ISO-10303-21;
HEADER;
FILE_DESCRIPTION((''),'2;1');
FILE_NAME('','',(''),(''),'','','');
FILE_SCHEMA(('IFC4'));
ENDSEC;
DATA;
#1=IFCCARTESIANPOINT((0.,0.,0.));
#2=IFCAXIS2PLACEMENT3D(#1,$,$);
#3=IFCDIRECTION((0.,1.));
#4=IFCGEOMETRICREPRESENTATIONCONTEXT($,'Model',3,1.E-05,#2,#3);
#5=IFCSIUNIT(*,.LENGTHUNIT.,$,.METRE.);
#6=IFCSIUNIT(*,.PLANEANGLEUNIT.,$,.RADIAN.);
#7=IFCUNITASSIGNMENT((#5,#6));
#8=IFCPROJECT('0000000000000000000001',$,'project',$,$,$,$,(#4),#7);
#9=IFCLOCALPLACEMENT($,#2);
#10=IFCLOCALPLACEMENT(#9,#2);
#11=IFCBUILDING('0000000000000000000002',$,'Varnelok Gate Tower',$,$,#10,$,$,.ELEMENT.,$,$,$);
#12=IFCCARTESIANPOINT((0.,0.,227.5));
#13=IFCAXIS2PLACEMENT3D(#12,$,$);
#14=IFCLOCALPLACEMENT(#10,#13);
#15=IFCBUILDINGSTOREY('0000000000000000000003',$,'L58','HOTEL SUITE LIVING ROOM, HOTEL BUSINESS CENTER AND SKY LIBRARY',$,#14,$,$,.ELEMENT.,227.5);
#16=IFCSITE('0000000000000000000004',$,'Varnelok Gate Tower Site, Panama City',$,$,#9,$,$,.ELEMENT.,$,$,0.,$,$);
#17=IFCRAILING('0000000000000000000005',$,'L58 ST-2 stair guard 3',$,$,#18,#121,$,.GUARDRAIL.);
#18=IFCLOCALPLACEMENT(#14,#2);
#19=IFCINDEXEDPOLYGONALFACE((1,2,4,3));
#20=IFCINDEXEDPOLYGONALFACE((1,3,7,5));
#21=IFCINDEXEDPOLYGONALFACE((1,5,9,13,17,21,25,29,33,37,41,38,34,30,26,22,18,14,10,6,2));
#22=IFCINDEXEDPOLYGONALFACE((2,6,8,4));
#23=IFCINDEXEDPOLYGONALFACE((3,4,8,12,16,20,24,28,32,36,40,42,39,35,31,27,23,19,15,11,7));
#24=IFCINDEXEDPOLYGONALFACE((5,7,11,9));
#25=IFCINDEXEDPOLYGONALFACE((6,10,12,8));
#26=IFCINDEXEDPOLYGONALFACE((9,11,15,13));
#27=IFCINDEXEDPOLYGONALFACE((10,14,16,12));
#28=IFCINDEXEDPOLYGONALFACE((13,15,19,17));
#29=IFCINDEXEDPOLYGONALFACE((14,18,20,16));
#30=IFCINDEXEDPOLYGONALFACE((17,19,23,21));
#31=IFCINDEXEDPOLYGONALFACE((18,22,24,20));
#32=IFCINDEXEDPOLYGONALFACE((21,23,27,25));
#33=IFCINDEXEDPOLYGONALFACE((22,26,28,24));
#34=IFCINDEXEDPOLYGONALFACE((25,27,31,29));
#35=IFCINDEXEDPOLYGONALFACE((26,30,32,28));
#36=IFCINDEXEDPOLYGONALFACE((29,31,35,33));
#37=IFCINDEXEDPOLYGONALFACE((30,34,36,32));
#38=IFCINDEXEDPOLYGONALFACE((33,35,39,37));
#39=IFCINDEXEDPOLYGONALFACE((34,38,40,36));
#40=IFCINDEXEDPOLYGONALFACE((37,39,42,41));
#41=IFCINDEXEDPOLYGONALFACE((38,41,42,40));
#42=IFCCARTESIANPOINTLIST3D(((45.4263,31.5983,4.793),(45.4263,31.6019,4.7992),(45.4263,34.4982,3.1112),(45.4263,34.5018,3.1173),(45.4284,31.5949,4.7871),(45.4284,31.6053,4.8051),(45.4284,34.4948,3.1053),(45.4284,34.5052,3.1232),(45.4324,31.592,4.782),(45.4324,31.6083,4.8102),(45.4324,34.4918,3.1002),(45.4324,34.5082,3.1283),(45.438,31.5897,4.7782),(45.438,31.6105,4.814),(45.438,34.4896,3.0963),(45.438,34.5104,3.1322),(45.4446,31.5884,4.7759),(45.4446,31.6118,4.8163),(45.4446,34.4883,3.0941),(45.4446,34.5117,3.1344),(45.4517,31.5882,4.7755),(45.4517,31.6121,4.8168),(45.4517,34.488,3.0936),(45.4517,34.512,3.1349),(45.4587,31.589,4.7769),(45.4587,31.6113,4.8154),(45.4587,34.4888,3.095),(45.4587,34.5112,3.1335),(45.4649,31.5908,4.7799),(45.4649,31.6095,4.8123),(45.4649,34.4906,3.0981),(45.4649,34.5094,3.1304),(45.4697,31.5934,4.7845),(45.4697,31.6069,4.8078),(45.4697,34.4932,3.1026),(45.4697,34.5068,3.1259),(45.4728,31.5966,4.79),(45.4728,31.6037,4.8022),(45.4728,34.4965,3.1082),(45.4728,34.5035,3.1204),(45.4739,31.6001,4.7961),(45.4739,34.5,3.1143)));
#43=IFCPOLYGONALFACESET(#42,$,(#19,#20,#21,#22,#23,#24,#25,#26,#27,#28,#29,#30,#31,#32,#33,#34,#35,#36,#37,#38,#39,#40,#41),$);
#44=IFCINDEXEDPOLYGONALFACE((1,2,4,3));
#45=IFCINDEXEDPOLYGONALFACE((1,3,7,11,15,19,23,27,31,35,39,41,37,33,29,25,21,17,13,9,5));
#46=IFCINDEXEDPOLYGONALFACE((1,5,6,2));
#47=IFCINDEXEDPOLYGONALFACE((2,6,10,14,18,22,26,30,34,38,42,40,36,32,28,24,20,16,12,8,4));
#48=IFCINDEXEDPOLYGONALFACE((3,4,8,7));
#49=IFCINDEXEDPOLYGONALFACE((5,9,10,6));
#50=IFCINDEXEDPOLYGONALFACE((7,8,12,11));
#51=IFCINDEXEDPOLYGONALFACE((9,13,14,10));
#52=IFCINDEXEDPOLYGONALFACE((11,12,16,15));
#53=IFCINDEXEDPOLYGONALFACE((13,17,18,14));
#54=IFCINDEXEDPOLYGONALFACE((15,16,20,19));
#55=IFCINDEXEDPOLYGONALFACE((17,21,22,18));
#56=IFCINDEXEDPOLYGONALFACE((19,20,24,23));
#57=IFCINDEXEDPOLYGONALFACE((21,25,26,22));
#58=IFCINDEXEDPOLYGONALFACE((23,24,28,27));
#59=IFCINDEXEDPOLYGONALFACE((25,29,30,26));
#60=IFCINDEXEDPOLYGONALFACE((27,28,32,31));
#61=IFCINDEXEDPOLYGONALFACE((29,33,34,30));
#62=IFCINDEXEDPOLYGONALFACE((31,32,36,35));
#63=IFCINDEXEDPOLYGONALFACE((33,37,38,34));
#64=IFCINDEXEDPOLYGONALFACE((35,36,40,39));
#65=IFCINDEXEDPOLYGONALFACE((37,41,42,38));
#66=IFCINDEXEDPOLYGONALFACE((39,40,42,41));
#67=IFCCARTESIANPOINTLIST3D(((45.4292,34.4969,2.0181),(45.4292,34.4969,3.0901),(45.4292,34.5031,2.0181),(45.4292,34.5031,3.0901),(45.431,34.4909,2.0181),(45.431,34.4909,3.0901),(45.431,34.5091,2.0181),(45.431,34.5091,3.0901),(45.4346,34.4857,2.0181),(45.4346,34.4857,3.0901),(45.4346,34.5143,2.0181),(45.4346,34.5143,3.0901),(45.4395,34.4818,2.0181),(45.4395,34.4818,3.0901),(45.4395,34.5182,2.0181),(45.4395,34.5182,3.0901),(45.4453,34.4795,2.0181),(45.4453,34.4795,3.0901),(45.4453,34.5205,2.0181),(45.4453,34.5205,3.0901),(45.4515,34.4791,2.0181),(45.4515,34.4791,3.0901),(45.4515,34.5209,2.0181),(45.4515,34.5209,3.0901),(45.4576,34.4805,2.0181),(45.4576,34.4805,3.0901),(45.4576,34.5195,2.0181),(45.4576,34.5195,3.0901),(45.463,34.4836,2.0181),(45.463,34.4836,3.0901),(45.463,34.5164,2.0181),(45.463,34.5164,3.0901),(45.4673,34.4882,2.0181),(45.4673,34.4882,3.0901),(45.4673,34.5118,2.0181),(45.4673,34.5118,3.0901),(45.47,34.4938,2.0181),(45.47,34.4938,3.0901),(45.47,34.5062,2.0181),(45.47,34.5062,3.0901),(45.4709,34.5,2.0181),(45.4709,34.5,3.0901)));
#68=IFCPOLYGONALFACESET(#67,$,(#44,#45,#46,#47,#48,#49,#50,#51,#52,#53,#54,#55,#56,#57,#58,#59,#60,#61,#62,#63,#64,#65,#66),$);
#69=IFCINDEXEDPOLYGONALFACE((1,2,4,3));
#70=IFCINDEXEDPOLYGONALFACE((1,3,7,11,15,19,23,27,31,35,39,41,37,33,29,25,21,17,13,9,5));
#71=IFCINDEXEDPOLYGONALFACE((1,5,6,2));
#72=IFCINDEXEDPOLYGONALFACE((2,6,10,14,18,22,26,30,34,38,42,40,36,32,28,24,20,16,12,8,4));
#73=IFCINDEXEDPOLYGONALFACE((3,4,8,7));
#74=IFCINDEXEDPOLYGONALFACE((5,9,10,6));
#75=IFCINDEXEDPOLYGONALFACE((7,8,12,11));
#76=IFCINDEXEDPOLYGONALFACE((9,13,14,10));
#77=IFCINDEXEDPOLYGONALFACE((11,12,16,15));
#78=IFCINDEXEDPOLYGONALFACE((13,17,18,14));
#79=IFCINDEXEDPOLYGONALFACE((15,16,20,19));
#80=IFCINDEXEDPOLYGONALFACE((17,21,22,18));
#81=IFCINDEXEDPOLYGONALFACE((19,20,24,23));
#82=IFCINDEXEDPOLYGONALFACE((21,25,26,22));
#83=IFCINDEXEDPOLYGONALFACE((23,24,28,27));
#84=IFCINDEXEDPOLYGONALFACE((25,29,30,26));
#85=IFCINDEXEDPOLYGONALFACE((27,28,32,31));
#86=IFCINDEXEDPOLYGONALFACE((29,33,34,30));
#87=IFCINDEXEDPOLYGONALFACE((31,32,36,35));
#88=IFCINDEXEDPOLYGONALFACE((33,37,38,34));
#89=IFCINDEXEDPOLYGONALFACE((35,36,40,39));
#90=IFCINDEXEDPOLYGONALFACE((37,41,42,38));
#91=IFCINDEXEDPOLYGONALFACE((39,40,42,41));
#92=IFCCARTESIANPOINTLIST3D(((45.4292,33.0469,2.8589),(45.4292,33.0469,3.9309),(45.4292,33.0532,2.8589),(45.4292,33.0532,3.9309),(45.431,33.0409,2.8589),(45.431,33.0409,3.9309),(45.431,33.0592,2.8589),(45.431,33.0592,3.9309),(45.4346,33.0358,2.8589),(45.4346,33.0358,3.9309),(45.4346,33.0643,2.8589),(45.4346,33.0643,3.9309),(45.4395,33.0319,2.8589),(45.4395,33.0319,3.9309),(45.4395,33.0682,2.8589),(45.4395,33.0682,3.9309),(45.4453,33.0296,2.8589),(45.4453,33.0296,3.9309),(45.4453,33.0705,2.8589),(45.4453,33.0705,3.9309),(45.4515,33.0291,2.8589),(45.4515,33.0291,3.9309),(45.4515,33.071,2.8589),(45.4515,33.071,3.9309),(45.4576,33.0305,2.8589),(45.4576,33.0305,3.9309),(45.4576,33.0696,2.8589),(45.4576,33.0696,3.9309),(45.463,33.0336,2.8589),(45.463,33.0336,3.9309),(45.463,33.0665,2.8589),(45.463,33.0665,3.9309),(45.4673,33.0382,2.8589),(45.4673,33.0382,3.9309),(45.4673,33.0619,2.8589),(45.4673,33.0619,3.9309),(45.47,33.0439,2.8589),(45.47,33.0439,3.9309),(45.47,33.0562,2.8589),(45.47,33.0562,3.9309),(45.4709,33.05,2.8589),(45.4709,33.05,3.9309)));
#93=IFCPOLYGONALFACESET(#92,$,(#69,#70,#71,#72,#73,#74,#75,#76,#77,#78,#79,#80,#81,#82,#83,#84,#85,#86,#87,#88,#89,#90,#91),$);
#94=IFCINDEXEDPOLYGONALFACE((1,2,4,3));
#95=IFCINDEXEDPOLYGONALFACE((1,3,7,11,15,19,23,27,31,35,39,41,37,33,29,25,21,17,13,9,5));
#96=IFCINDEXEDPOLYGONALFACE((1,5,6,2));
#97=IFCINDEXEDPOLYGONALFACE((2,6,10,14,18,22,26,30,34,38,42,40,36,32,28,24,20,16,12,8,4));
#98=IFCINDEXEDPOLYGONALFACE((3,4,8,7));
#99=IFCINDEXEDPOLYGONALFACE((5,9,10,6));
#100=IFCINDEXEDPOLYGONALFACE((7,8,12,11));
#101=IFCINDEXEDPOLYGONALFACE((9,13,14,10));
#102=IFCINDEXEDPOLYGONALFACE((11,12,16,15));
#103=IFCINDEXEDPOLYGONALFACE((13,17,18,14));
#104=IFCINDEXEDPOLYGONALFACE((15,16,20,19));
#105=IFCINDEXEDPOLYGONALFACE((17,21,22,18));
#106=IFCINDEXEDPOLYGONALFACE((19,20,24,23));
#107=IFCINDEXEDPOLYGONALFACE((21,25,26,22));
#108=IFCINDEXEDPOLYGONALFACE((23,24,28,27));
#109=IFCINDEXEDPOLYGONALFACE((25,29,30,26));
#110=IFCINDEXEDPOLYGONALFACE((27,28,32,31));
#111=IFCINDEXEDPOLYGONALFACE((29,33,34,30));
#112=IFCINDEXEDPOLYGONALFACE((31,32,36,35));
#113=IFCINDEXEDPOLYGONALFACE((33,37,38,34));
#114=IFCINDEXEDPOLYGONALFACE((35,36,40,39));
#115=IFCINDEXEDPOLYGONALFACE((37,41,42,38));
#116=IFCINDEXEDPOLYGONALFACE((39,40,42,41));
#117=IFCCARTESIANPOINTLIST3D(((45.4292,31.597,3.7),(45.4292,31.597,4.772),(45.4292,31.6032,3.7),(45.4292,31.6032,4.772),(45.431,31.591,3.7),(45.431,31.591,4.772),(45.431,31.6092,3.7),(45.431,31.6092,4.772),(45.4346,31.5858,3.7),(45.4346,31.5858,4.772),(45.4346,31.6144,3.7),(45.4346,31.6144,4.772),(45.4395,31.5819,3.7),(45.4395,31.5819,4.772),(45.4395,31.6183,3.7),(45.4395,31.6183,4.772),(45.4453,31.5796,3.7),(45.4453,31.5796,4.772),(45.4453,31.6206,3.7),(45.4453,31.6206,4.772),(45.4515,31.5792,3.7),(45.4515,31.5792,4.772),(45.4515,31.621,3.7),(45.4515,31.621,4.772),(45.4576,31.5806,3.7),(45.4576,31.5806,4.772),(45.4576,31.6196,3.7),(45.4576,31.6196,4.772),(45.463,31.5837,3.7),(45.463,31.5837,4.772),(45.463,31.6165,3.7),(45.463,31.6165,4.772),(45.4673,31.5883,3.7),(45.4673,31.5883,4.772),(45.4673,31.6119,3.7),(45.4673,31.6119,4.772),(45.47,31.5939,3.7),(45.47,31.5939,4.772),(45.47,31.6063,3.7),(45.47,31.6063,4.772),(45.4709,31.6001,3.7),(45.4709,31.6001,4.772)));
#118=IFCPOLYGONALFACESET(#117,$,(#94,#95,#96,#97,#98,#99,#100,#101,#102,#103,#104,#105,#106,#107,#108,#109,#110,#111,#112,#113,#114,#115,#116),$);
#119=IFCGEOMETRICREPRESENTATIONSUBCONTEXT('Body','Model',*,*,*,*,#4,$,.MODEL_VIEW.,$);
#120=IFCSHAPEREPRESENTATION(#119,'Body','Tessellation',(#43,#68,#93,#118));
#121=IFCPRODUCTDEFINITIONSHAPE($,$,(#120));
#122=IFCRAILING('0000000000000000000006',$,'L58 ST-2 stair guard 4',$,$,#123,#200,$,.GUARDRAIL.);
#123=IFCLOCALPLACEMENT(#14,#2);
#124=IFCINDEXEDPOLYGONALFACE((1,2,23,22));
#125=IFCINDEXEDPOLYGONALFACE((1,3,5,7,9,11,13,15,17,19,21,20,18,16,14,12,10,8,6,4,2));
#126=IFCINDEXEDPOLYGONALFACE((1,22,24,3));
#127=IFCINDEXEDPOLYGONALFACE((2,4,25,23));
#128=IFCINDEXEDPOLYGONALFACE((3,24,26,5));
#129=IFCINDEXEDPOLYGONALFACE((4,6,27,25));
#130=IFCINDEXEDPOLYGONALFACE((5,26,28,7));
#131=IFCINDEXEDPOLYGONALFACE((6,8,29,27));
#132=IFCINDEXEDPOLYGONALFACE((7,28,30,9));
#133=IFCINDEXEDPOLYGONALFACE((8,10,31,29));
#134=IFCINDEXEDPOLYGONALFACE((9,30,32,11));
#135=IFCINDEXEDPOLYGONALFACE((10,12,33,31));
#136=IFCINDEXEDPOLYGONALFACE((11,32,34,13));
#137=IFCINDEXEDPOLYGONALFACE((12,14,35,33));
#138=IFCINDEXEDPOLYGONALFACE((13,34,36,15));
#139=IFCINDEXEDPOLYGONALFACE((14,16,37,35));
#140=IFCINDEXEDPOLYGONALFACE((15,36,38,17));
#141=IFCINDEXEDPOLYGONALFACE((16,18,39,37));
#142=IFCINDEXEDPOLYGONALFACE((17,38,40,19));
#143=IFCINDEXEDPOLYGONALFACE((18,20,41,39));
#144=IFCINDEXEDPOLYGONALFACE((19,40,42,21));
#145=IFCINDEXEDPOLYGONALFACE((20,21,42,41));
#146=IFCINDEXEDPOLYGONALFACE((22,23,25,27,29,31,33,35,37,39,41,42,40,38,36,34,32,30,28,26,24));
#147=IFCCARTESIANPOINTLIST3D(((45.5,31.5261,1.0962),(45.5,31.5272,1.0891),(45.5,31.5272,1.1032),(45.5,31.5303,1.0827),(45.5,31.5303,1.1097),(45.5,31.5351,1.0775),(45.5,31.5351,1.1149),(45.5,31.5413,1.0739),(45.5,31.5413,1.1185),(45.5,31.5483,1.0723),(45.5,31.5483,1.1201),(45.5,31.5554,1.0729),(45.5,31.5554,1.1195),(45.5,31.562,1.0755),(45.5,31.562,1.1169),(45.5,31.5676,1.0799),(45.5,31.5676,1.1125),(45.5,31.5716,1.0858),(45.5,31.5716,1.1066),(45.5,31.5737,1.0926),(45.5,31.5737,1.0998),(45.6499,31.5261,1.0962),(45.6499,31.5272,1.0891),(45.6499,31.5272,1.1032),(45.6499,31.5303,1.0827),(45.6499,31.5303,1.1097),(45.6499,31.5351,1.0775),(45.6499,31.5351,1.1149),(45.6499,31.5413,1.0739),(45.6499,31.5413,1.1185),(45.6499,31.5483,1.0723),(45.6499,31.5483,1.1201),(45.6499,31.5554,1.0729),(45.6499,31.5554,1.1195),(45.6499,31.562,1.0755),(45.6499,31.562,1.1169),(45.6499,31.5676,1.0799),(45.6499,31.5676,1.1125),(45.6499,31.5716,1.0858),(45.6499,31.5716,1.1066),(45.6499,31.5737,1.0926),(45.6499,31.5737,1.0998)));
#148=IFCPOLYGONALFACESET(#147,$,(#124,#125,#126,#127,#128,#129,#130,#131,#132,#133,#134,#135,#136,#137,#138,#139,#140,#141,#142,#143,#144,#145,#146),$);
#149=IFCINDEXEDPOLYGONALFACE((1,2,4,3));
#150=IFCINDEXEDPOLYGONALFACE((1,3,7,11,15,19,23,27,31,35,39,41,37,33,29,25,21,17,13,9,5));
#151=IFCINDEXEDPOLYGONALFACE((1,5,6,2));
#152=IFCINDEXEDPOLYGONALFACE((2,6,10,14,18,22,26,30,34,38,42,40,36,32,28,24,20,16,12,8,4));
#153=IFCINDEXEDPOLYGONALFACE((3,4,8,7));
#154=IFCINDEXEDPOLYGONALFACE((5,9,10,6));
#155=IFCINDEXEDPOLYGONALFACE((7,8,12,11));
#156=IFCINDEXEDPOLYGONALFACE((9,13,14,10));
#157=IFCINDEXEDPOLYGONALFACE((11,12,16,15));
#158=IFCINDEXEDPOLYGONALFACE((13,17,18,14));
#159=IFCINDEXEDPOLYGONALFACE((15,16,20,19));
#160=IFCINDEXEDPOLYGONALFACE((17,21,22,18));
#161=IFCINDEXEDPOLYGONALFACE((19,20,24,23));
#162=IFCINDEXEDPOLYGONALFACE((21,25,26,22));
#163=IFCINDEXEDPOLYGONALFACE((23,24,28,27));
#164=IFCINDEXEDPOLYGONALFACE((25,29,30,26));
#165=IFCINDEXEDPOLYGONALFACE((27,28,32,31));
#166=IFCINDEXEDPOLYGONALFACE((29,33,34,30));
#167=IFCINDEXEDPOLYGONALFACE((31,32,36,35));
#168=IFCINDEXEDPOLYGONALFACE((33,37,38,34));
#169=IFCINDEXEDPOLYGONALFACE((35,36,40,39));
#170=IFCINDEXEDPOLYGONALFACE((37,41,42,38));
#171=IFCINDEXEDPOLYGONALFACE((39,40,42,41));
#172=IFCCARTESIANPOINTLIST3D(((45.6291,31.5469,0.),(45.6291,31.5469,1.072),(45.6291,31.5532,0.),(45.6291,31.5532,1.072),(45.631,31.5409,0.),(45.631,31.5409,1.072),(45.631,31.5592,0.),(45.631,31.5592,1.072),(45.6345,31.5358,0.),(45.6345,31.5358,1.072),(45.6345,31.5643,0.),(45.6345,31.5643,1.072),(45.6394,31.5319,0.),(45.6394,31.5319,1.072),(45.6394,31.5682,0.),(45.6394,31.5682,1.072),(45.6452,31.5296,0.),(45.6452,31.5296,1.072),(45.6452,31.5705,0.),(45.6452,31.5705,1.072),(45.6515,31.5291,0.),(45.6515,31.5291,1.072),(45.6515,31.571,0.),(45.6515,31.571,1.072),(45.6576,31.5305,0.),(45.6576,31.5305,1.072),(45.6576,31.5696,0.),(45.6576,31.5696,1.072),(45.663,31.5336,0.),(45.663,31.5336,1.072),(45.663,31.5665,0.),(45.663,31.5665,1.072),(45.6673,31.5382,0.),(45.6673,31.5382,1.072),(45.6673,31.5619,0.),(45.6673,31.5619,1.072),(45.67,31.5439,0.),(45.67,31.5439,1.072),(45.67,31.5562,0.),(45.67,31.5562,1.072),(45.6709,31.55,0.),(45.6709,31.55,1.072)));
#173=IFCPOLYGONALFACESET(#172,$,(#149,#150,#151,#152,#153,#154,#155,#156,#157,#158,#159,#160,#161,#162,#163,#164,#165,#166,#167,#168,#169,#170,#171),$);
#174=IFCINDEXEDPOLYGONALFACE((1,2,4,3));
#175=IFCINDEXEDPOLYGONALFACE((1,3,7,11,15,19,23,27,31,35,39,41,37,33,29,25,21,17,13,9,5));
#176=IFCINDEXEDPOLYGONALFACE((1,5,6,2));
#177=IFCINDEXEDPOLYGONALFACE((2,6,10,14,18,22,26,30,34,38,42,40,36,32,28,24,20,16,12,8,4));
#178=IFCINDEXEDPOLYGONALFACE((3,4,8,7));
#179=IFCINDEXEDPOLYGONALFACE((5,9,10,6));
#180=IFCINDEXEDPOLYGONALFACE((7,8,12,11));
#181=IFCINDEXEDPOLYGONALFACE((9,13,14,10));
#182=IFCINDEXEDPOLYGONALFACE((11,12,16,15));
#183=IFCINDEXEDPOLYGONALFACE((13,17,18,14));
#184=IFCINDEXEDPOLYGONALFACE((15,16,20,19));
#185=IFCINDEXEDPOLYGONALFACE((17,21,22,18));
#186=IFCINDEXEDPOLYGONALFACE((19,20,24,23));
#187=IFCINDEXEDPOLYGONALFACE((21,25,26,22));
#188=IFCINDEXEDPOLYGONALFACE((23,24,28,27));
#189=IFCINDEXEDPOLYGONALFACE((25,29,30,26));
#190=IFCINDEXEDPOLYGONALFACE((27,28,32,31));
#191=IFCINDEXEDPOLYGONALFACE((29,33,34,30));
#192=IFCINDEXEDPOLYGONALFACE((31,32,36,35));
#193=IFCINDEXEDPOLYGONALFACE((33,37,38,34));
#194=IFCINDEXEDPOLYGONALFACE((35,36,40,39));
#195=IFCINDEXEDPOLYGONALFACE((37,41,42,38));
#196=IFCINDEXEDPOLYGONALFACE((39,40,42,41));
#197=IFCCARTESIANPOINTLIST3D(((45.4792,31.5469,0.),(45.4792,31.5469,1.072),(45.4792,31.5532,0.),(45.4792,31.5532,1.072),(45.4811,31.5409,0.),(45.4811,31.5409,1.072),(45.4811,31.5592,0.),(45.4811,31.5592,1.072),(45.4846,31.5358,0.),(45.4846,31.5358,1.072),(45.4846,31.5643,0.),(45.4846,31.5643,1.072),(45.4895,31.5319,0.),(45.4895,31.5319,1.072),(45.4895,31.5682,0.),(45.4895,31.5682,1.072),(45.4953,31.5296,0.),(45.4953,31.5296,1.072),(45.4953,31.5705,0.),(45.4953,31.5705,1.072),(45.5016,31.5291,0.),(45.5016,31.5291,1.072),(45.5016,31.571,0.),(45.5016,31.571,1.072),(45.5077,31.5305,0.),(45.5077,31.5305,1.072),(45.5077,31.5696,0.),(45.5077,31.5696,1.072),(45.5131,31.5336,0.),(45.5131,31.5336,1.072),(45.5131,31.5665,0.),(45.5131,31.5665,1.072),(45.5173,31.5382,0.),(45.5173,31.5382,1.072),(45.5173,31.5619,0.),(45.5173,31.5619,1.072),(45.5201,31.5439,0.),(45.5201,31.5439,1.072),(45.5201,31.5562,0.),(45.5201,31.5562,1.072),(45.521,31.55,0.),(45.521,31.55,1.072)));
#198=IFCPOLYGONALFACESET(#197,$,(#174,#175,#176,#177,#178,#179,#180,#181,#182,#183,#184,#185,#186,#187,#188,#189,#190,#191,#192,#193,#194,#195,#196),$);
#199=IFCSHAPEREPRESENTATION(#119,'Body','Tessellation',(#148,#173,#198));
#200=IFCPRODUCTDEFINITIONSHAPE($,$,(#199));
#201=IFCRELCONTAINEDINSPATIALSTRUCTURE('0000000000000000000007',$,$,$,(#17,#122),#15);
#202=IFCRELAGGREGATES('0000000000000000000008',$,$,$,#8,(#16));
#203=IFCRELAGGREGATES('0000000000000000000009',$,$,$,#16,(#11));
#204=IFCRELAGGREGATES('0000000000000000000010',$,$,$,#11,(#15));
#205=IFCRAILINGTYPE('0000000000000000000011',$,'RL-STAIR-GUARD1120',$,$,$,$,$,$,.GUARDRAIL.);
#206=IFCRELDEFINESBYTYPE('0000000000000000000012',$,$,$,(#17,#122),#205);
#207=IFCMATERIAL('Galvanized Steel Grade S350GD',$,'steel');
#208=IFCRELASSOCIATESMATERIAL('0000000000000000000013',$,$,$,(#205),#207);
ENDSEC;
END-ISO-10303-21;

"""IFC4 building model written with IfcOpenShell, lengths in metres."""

from ifc_helpers import new_model, si_unit, direction, frame, origin, origin_2d, place, context, subcontext, project, spatial, circle, extrude, material, type_object, element, save


model = new_model("IFC4")

# Units and contexts
model_context = context("Model", 3, precision=1e-05, world=origin(), true_north=direction((0.0, 1.0)))
body_context = subcontext(model_context, "Body", "Model", "MODEL_VIEW")
ifc_project = project(units=[si_unit("LENGTHUNIT", "METRE"), si_unit("PLANEANGLEUNIT", "RADIAN")], contexts=[model_context])

# Site, building, storey
site_placement = place(None, origin())
site = spatial("IfcSite", under=ifc_project, at=site_placement, Name="Varnelok Gate Tower Site, Panama City", CompositionType="ELEMENT", RefElevation=0.0)
building_placement = place(site_placement, origin())
building = spatial("IfcBuilding", under=site, at=building_placement, Name="Varnelok Gate Tower", CompositionType="ELEMENT")
storey_placement = place(building_placement, frame((0.0, 0.0, 227.5)))
storey = spatial("IfcBuildingStorey", under=building, at=storey_placement, Name="L58", Description="HOTEL SUITE LIVING ROOM, HOTEL BUSINESS CENTER AND SKY LIBRARY", CompositionType="ELEMENT", Elevation=227.5)

# Shared definitions
ifc_material_1 = material(Name="Galvanized Steel Grade S350GD", Category="steel")

# Railings
railing_type_1 = type_object("IfcRailingType", Name="RL-STAIR-GUARD1120", PredefinedType="GUARDRAIL", material=ifc_material_1)
railing_1_placement = place(storey_placement, frame((45.45, 34.5, 2.0181)))
element("IfcRailing", 1, at=railing_1_placement, inside=storey, type_object=railing_type_1, Name="L58 ST-2 stair guard 3", PredefinedType="GUARDRAIL", context=body_context, shape_type="SweptSolid", body=[
    extrude(circle(Radius=0.0239, at=origin_2d()), frame((0.0, 0.0, 1.0962), z_axis=(0.0, -0.865039, 0.501705), x_axis=(1.0, 0.0, 0.0)), (0.0, 0.0, 1.0), 3.3523),
    extrude(circle(Radius=0.021, at=origin_2d()), origin(), (0.0, 0.0, 1.0), 1.072),
    extrude(circle(Radius=0.021, at=origin_2d()), frame((0.0, -1.45, 0.8408)), (0.0, 0.0, 1.0), 1.072),
    extrude(circle(Radius=0.021, at=origin_2d()), frame((0.0, -2.8999, 1.6819)), (0.0, 0.0, 1.0), 1.072),
])
railing_2_placement = place(storey_placement, frame((45.6499, 31.55, 0.0)))
element("IfcRailing", 2, at=railing_2_placement, inside=storey, type_object=railing_type_1, Name="L58 ST-2 stair guard 4", PredefinedType="GUARDRAIL", context=body_context, shape_type="SweptSolid", body=[
    extrude(circle(Radius=0.0239, at=origin_2d()), frame((0.0, 0.0, 1.0962), z_axis=(-1.0, 0.0, 0.0), x_axis=(0.0, -1.0, 0.0)), (0.0, 0.0, 1.0), 0.1499),
    extrude(circle(Radius=0.021, at=origin_2d()), origin(), (0.0, 0.0, 1.0), 1.072),
    extrude(circle(Radius=0.021, at=origin_2d()), frame((-0.1499, 0.0, 0.0)), (0.0, 0.0, 1.0), 1.072),
])

save(model, "model.ifc")
